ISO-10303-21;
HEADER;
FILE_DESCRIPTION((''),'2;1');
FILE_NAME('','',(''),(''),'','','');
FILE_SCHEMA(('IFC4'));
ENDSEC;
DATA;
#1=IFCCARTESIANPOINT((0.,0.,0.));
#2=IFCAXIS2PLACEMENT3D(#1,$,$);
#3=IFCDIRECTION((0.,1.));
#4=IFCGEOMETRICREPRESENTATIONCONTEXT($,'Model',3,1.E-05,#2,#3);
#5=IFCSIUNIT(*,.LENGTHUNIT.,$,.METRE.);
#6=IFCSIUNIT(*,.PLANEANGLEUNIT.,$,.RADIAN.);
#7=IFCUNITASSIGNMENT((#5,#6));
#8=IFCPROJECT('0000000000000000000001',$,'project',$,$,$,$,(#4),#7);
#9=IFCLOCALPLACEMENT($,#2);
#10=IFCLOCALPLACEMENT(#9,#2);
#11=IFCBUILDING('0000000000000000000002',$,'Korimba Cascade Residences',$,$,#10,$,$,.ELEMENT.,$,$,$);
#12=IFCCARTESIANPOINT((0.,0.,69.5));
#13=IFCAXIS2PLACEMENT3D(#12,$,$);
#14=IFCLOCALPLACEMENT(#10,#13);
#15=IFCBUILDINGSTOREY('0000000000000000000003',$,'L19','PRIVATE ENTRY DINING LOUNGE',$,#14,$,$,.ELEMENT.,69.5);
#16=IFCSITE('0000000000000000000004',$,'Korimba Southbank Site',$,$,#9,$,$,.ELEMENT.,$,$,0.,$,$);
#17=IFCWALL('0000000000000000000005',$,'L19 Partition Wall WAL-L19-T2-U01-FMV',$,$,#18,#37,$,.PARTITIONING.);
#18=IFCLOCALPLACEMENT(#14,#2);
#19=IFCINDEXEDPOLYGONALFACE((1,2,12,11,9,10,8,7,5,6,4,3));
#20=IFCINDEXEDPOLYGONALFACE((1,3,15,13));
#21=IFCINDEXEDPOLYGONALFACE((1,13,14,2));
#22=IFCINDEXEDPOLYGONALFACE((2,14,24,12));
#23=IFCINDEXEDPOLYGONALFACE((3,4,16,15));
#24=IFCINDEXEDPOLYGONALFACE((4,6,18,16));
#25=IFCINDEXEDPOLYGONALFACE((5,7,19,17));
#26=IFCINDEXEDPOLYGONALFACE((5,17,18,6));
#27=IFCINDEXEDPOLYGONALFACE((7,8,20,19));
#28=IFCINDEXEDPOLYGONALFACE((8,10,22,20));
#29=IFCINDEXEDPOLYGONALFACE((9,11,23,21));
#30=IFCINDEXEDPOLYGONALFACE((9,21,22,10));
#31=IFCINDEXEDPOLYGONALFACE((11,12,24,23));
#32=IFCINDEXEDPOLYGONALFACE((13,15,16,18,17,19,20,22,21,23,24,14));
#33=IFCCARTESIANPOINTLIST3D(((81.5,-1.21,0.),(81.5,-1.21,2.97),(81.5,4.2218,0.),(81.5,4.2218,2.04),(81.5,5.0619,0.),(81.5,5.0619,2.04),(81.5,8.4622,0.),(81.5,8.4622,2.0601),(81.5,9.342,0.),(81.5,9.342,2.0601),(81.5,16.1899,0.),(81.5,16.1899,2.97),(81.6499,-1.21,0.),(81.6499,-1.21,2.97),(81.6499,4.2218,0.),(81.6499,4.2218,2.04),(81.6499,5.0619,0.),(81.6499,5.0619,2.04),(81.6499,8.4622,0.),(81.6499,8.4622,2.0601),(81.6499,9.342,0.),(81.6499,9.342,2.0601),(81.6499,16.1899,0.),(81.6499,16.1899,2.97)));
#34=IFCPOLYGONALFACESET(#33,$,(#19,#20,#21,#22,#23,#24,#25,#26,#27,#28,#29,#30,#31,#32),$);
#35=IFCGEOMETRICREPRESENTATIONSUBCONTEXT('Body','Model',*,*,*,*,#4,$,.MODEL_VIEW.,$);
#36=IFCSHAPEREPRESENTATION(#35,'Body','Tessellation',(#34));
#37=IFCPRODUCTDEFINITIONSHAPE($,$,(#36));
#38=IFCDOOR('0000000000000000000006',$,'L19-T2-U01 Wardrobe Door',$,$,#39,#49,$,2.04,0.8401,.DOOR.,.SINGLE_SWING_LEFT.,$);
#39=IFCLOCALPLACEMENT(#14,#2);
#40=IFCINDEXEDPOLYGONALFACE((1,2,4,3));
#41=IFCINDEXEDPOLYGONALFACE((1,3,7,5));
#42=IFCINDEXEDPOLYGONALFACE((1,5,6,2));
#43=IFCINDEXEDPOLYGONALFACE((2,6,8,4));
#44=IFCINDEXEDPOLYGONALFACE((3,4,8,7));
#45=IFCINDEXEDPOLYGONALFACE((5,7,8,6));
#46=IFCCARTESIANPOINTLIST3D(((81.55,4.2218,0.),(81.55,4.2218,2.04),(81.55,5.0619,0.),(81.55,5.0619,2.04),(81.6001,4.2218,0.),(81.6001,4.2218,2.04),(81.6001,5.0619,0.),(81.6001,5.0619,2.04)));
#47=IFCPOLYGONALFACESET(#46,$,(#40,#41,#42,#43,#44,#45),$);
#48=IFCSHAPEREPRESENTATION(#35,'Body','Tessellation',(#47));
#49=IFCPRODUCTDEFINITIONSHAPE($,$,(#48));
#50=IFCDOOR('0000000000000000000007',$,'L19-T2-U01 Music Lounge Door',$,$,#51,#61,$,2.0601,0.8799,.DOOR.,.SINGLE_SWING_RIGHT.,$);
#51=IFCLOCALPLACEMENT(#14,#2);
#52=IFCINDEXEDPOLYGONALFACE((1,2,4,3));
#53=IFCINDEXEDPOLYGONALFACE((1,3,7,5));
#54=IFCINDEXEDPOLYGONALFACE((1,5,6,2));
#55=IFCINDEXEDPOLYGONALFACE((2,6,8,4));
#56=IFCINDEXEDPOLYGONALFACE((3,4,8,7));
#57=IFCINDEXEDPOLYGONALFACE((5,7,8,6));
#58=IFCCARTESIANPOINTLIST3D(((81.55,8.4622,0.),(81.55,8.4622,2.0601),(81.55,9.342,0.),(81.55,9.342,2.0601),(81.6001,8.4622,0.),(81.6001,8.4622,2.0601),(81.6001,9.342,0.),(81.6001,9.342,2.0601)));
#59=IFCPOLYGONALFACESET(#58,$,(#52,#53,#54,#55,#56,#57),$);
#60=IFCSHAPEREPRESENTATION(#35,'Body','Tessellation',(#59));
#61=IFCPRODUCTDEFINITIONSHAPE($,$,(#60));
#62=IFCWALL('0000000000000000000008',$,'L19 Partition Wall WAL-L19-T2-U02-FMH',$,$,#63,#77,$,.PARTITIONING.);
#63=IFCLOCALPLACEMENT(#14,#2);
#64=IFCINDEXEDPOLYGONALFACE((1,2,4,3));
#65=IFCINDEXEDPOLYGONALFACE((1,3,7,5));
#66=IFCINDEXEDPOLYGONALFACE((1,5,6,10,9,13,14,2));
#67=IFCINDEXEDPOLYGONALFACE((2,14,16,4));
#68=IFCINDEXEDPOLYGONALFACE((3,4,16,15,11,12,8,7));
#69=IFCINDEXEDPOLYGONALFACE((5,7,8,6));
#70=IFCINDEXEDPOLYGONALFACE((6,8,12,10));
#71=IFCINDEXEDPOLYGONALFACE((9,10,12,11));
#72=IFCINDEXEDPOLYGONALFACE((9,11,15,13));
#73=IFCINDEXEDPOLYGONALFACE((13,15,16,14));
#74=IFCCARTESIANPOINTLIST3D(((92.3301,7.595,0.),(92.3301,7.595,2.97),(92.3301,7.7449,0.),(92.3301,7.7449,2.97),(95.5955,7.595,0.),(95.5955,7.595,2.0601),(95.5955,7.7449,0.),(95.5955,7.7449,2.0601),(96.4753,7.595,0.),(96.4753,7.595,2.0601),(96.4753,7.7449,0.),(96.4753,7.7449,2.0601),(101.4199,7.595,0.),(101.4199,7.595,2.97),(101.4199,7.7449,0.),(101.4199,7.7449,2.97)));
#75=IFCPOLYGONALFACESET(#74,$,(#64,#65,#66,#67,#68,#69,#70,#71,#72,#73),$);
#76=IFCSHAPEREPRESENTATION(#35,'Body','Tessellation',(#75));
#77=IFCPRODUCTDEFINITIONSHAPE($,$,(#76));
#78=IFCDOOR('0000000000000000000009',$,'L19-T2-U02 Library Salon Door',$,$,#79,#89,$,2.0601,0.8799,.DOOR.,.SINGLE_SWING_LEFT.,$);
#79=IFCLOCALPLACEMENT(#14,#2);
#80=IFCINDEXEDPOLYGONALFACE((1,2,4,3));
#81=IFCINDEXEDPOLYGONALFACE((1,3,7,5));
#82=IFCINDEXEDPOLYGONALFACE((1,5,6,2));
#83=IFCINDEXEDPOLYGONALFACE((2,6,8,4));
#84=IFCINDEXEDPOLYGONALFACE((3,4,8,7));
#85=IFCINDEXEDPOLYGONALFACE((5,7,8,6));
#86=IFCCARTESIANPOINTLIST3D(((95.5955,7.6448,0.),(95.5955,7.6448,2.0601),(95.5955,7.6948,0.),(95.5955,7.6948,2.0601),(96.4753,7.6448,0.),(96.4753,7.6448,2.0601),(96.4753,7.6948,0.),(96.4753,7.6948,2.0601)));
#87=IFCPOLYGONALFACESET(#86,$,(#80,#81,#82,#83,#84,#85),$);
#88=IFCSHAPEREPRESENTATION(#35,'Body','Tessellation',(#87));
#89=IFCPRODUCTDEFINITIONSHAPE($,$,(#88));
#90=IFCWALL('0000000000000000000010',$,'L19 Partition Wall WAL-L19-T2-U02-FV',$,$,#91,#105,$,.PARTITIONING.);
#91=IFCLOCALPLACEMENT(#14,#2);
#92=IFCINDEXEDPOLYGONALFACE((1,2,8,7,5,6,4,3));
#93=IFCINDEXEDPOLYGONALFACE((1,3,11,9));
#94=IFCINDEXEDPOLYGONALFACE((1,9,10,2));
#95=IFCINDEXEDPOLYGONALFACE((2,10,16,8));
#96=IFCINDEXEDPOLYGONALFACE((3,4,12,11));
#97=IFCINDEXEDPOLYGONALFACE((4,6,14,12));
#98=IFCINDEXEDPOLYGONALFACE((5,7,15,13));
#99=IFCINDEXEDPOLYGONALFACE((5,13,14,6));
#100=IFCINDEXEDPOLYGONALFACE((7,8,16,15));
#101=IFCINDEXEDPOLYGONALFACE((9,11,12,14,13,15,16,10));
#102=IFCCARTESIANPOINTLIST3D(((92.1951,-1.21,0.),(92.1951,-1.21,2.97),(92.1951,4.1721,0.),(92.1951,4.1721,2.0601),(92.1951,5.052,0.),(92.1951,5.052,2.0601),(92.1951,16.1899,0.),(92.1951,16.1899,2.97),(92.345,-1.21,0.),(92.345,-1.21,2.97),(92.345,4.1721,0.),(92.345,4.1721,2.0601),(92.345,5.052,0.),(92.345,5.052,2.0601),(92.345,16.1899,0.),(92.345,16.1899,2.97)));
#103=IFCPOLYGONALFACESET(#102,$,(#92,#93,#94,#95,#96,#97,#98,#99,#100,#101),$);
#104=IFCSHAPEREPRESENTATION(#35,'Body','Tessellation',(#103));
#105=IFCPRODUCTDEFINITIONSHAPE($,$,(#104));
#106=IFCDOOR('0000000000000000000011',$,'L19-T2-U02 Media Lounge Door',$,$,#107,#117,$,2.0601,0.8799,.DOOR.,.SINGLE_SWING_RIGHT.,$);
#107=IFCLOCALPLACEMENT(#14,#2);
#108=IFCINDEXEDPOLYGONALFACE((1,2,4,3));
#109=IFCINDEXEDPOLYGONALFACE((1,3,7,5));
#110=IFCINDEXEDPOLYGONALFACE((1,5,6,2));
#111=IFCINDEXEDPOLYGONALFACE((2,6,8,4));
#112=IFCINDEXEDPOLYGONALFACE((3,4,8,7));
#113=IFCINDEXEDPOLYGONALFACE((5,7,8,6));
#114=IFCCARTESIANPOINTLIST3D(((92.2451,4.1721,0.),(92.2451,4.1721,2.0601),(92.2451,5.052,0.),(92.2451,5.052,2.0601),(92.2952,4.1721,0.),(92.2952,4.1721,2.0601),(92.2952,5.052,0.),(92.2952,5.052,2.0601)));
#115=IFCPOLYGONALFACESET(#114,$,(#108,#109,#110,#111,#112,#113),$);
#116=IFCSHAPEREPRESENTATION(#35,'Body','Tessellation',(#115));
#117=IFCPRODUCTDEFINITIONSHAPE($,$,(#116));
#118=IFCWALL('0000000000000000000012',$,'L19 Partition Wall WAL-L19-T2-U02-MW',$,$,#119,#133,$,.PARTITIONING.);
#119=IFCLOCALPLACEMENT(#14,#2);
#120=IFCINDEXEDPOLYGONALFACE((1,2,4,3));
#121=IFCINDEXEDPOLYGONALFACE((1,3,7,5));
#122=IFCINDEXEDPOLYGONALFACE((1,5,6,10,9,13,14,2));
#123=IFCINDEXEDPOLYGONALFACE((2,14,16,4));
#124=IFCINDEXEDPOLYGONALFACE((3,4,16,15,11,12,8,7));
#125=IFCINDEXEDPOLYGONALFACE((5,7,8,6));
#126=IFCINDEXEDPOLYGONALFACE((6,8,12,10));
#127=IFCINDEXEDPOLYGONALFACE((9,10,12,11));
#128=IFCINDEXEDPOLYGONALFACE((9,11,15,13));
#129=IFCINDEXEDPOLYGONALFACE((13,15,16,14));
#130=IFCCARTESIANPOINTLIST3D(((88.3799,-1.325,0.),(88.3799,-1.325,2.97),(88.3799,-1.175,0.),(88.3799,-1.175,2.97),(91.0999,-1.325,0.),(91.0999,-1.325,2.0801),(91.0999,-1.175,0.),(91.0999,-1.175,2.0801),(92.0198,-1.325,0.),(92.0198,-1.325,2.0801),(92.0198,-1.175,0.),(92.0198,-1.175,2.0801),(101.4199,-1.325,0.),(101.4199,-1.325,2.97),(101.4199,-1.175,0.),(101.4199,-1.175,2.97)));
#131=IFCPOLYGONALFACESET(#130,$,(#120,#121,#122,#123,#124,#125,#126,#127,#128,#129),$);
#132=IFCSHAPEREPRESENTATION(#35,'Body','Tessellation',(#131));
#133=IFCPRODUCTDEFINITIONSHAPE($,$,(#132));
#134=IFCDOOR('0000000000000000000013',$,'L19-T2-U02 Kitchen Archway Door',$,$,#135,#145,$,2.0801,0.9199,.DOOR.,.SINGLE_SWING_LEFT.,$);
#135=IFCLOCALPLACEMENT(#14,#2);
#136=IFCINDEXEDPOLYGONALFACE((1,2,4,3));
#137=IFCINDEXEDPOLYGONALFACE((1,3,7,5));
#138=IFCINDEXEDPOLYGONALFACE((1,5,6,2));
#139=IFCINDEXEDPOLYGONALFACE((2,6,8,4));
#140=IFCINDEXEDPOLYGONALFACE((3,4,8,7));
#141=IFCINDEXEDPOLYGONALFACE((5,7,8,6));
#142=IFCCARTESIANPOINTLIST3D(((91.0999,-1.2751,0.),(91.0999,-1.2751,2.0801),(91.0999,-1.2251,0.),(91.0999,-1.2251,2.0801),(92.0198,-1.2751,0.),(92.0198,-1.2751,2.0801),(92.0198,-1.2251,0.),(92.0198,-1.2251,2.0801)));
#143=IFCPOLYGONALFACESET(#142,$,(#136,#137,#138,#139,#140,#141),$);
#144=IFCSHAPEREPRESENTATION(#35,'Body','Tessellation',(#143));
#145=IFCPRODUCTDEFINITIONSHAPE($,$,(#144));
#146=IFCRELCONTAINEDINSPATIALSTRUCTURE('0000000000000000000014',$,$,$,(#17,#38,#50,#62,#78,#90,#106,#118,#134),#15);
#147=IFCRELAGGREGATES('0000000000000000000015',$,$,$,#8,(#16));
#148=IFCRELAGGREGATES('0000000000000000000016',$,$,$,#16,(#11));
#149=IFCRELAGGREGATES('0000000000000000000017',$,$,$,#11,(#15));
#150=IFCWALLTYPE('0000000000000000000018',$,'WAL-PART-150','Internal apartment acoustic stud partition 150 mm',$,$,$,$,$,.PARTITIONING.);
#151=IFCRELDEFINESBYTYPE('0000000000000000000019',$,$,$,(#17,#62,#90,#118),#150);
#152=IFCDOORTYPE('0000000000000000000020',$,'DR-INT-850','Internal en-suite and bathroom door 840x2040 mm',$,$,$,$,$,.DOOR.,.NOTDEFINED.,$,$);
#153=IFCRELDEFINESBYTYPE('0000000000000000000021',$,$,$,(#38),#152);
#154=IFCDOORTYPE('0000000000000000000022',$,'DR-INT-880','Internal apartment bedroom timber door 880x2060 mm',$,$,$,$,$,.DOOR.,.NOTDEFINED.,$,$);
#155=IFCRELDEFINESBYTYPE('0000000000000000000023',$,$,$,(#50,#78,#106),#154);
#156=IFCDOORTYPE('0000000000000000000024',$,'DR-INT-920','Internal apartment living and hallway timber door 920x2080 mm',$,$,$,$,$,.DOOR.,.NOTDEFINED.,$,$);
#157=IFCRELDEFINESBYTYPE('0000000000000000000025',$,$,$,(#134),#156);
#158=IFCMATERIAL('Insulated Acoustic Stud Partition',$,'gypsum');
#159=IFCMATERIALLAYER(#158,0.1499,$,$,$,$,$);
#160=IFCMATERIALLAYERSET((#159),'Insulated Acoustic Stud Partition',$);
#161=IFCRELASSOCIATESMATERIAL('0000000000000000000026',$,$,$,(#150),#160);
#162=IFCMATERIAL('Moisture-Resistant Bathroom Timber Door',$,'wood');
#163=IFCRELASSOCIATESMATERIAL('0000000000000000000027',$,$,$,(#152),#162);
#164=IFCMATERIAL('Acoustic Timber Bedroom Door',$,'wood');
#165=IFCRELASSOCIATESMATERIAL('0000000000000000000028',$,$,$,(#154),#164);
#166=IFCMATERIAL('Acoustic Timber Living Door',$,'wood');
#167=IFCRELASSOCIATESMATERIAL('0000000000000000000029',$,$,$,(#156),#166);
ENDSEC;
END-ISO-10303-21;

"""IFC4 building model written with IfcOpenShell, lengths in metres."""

from ifc_helpers import new_model, si_unit, direction, frame, frame_2d, origin, place, context, subcontext, project, spatial, rectangle, extrude, material, layer, layer_set, type_object, element, fill, save


model = new_model("IFC4")

# Units and contexts
model_context = context("Model", 3, precision=1e-05, world=origin(), true_north=direction((0.0, 1.0)))
body_context = subcontext(model_context, "Body", "Model", "MODEL_VIEW")
ifc_project = project(units=[si_unit("LENGTHUNIT", "METRE"), si_unit("PLANEANGLEUNIT", "RADIAN")], contexts=[model_context])

# Site, building, storey
site_placement = place(None, origin())
site = spatial("IfcSite", under=ifc_project, at=site_placement, Name="Korimba Southbank Site", CompositionType="ELEMENT", RefElevation=0.0)
building_placement = place(site_placement, origin())
building = spatial("IfcBuilding", under=site, at=building_placement, Name="Korimba Cascade Residences", CompositionType="ELEMENT")
storey_placement = place(building_placement, frame((0.0, 0.0, 69.5)))
storey = spatial("IfcBuildingStorey", under=building, at=storey_placement, Name="L19", Description="PRIVATE ENTRY DINING LOUNGE", CompositionType="ELEMENT", Elevation=69.5)

# Wall, openings, doors
ifc_material_1 = material(Name="Insulated Acoustic Stud Partition", Category="gypsum")
ifc_layer_1 = layer(ifc_material_1, 0.1499)
ifc_layer_set_1 = layer_set([ifc_layer_1], Name="Insulated Acoustic Stud Partition")
wall_type_1 = type_object("IfcWallType", Name="WAL-PART-150", Description="Internal apartment acoustic stud partition 150 mm", PredefinedType="PARTITIONING", material=ifc_layer_set_1)
wall_1_placement = place(storey_placement, frame((81.575, -1.21, 0.0), z_axis=(0.0, 0.0, 1.0), x_axis=(0.0, 1.0, 0.0)))
wall_1 = element("IfcWall", 1, at=wall_1_placement, inside=storey, type_object=wall_type_1, Name="L19 Partition Wall WAL-L19-T2-U01-FMV", PredefinedType="PARTITIONING", context=body_context, shape_type="SweptSolid", body=[
    extrude(rectangle(XDim=17.3999, YDim=0.1499, at=frame_2d((8.7, 0.0))), origin(), (0.0, 0.0, 1.0), 2.97),
])
opening_1_placement = place(wall_1_placement, frame((5.4319, 0.0, 0.0)))
opening_1 = element("IfcOpeningElement", 2, at=opening_1_placement, cuts=wall_1, PredefinedType="OPENING", context=body_context, shape_type="SweptSolid", body=[
    extrude(rectangle(XDim=0.8401, YDim=2.04, at=frame_2d((0.4199, 1.02))), frame((0.0, 0.085, 0.0), z_axis=(0.0, -1.0, 0.0), x_axis=(1.0, 0.0, 0.0)), (0.0, 0.0, 1.0), 0.1699),
])
opening_2_placement = place(wall_1_placement, frame((9.6721, 0.0, 0.0)))
opening_2 = element("IfcOpeningElement", 3, at=opening_2_placement, cuts=wall_1, PredefinedType="OPENING", context=body_context, shape_type="SweptSolid", body=[
    extrude(rectangle(XDim=0.8799, YDim=2.0601, at=frame_2d((0.4399, 1.03))), frame((0.0, 0.085, 0.0), z_axis=(0.0, -1.0, 0.0), x_axis=(1.0, 0.0, 0.0)), (0.0, 0.0, 1.0), 0.1699),
])
ifc_material_2 = material(Name="Moisture-Resistant Bathroom Timber Door", Category="wood")
door_type_1 = type_object("IfcDoorType", Name="DR-INT-850", Description="Internal en-suite and bathroom door 840x2040 mm", OperationType="NOTDEFINED", PredefinedType="DOOR", material=ifc_material_2)
door_1_placement = place(opening_1_placement, origin())
door_1 = element("IfcDoor", 4, at=door_1_placement, inside=storey, type_object=door_type_1, Name="L19-T2-U01 Wardrobe Door", OperationType="SINGLE_SWING_LEFT", OverallHeight=2.04, OverallWidth=0.8401, PredefinedType="DOOR", context=body_context, shape_type="SweptSolid", body=[
    extrude(rectangle(XDim=0.8401, YDim=2.04, at=frame_2d((0.4199, 1.02))), frame((0.0, 0.0249, 0.0), z_axis=(0.0, -1.0, 0.0), x_axis=(1.0, 0.0, 0.0)), (0.0, 0.0, 1.0), 0.05),
])
fill(opening_1, door_1)
ifc_material_3 = material(Name="Acoustic Timber Bedroom Door", Category="wood")
door_type_2 = type_object("IfcDoorType", Name="DR-INT-880", Description="Internal apartment bedroom timber door 880x2060 mm", OperationType="NOTDEFINED", PredefinedType="DOOR", material=ifc_material_3)
door_2_placement = place(opening_2_placement, origin())
door_2 = element("IfcDoor", 5, at=door_2_placement, inside=storey, type_object=door_type_2, Name="L19-T2-U01 Music Lounge Door", OperationType="SINGLE_SWING_RIGHT", OverallHeight=2.0601, OverallWidth=0.8799, PredefinedType="DOOR", context=body_context, shape_type="SweptSolid", body=[
    extrude(rectangle(XDim=0.8799, YDim=2.0601, at=frame_2d((0.4399, 1.03))), frame((0.0, 0.0249, 0.0), z_axis=(0.0, -1.0, 0.0), x_axis=(1.0, 0.0, 0.0)), (0.0, 0.0, 1.0), 0.05),
])
fill(opening_2, door_2)

# Walls, openings, doors
wall_2_placement = place(storey_placement, frame((92.3301, 7.6699, 0.0), z_axis=(0.0, 0.0, 1.0), x_axis=(1.0, 0.0, 0.0)))
wall_2 = element("IfcWall", 6, at=wall_2_placement, inside=storey, type_object=wall_type_1, Name="L19 Partition Wall WAL-L19-T2-U02-FMH", PredefinedType="PARTITIONING", context=body_context, shape_type="SweptSolid", body=[
    extrude(rectangle(XDim=9.0898, YDim=0.1499, at=frame_2d((4.5449, 0.0))), origin(), (0.0, 0.0, 1.0), 2.97),
])
opening_3_placement = place(wall_2_placement, frame((3.2654, 0.0, 0.0)))
opening_3 = element("IfcOpeningElement", 7, at=opening_3_placement, cuts=wall_2, PredefinedType="OPENING", context=body_context, shape_type="SweptSolid", body=[
    extrude(rectangle(XDim=0.8799, YDim=2.0601, at=frame_2d((0.4399, 1.03))), frame((0.0, 0.085, 0.0), z_axis=(0.0, -1.0, 0.0), x_axis=(1.0, 0.0, 0.0)), (0.0, 0.0, 1.0), 0.1699),
])
door_3_placement = place(opening_3_placement, origin())
door_3 = element("IfcDoor", 8, at=door_3_placement, inside=storey, type_object=door_type_2, Name="L19-T2-U02 Library Salon Door", OperationType="SINGLE_SWING_LEFT", OverallHeight=2.0601, OverallWidth=0.8799, PredefinedType="DOOR", context=body_context, shape_type="SweptSolid", body=[
    extrude(rectangle(XDim=0.8799, YDim=2.0601, at=frame_2d((0.4399, 1.03))), frame((0.0, 0.0249, 0.0), z_axis=(0.0, -1.0, 0.0), x_axis=(1.0, 0.0, 0.0)), (0.0, 0.0, 1.0), 0.05),
])
fill(opening_3, door_3)
wall_3_placement = place(storey_placement, frame((92.27, -1.21, 0.0), z_axis=(0.0, 0.0, 1.0), x_axis=(0.0, 1.0, 0.0)))
wall_3 = element("IfcWall", 9, at=wall_3_placement, inside=storey, type_object=wall_type_1, Name="L19 Partition Wall WAL-L19-T2-U02-FV", PredefinedType="PARTITIONING", context=body_context, shape_type="SweptSolid", body=[
    extrude(rectangle(XDim=17.3999, YDim=0.1499, at=frame_2d((8.7, 0.0))), origin(), (0.0, 0.0, 1.0), 2.97),
])
opening_4_placement = place(wall_3_placement, frame((5.3821, 0.0, 0.0)))
opening_4 = element("IfcOpeningElement", 10, at=opening_4_placement, cuts=wall_3, PredefinedType="OPENING", context=body_context, shape_type="SweptSolid", body=[
    extrude(rectangle(XDim=0.8799, YDim=2.0601, at=frame_2d((0.4399, 1.03))), frame((0.0, 0.085, 0.0), z_axis=(0.0, -1.0, 0.0), x_axis=(1.0, 0.0, 0.0)), (0.0, 0.0, 1.0), 0.1699),
])
door_4_placement = place(opening_4_placement, origin())
door_4 = element("IfcDoor", 11, at=door_4_placement, inside=storey, type_object=door_type_2, Name="L19-T2-U02 Media Lounge Door", OperationType="SINGLE_SWING_RIGHT", OverallHeight=2.0601, OverallWidth=0.8799, PredefinedType="DOOR", context=body_context, shape_type="SweptSolid", body=[
    extrude(rectangle(XDim=0.8799, YDim=2.0601, at=frame_2d((0.4399, 1.03))), frame((0.0, 0.0249, 0.0), z_axis=(0.0, -1.0, 0.0), x_axis=(1.0, 0.0, 0.0)), (0.0, 0.0, 1.0), 0.05),
])
fill(opening_4, door_4)
wall_4_placement = place(storey_placement, frame((88.3799, -1.25, 0.0), z_axis=(0.0, 0.0, 1.0), x_axis=(1.0, 0.0, 0.0)))
wall_4 = element("IfcWall", 12, at=wall_4_placement, inside=storey, type_object=wall_type_1, Name="L19 Partition Wall WAL-L19-T2-U02-MW", PredefinedType="PARTITIONING", context=body_context, shape_type="SweptSolid", body=[
    extrude(rectangle(XDim=13.04, YDim=0.1499, at=frame_2d((6.52, 0.0))), origin(), (0.0, 0.0, 1.0), 2.97),
])
opening_5_placement = place(wall_4_placement, frame((2.72, 0.0, 0.0)))
opening_5 = element("IfcOpeningElement", 13, at=opening_5_placement, cuts=wall_4, PredefinedType="OPENING", context=body_context, shape_type="SweptSolid", body=[
    extrude(rectangle(XDim=0.9199, YDim=2.0801, at=frame_2d((0.46, 1.04))), frame((0.0, 0.085, 0.0), z_axis=(0.0, -1.0, 0.0), x_axis=(1.0, 0.0, 0.0)), (0.0, 0.0, 1.0), 0.1699),
])
ifc_material_4 = material(Name="Acoustic Timber Living Door", Category="wood")
door_type_3 = type_object("IfcDoorType", Name="DR-INT-920", Description="Internal apartment living and hallway timber door 920x2080 mm", OperationType="NOTDEFINED", PredefinedType="DOOR", material=ifc_material_4)
door_5_placement = place(opening_5_placement, origin())
door_5 = element("IfcDoor", 14, at=door_5_placement, inside=storey, type_object=door_type_3, Name="L19-T2-U02 Kitchen Archway Door", OperationType="SINGLE_SWING_LEFT", OverallHeight=2.0801, OverallWidth=0.9199, PredefinedType="DOOR", context=body_context, shape_type="SweptSolid", body=[
    extrude(rectangle(XDim=0.9199, YDim=2.0801, at=frame_2d((0.46, 1.04))), frame((0.0, 0.0249, 0.0), z_axis=(0.0, -1.0, 0.0), x_axis=(1.0, 0.0, 0.0)), (0.0, 0.0, 1.0), 0.05),
])
fill(opening_5, door_5)

save(model, "model.ifc")
